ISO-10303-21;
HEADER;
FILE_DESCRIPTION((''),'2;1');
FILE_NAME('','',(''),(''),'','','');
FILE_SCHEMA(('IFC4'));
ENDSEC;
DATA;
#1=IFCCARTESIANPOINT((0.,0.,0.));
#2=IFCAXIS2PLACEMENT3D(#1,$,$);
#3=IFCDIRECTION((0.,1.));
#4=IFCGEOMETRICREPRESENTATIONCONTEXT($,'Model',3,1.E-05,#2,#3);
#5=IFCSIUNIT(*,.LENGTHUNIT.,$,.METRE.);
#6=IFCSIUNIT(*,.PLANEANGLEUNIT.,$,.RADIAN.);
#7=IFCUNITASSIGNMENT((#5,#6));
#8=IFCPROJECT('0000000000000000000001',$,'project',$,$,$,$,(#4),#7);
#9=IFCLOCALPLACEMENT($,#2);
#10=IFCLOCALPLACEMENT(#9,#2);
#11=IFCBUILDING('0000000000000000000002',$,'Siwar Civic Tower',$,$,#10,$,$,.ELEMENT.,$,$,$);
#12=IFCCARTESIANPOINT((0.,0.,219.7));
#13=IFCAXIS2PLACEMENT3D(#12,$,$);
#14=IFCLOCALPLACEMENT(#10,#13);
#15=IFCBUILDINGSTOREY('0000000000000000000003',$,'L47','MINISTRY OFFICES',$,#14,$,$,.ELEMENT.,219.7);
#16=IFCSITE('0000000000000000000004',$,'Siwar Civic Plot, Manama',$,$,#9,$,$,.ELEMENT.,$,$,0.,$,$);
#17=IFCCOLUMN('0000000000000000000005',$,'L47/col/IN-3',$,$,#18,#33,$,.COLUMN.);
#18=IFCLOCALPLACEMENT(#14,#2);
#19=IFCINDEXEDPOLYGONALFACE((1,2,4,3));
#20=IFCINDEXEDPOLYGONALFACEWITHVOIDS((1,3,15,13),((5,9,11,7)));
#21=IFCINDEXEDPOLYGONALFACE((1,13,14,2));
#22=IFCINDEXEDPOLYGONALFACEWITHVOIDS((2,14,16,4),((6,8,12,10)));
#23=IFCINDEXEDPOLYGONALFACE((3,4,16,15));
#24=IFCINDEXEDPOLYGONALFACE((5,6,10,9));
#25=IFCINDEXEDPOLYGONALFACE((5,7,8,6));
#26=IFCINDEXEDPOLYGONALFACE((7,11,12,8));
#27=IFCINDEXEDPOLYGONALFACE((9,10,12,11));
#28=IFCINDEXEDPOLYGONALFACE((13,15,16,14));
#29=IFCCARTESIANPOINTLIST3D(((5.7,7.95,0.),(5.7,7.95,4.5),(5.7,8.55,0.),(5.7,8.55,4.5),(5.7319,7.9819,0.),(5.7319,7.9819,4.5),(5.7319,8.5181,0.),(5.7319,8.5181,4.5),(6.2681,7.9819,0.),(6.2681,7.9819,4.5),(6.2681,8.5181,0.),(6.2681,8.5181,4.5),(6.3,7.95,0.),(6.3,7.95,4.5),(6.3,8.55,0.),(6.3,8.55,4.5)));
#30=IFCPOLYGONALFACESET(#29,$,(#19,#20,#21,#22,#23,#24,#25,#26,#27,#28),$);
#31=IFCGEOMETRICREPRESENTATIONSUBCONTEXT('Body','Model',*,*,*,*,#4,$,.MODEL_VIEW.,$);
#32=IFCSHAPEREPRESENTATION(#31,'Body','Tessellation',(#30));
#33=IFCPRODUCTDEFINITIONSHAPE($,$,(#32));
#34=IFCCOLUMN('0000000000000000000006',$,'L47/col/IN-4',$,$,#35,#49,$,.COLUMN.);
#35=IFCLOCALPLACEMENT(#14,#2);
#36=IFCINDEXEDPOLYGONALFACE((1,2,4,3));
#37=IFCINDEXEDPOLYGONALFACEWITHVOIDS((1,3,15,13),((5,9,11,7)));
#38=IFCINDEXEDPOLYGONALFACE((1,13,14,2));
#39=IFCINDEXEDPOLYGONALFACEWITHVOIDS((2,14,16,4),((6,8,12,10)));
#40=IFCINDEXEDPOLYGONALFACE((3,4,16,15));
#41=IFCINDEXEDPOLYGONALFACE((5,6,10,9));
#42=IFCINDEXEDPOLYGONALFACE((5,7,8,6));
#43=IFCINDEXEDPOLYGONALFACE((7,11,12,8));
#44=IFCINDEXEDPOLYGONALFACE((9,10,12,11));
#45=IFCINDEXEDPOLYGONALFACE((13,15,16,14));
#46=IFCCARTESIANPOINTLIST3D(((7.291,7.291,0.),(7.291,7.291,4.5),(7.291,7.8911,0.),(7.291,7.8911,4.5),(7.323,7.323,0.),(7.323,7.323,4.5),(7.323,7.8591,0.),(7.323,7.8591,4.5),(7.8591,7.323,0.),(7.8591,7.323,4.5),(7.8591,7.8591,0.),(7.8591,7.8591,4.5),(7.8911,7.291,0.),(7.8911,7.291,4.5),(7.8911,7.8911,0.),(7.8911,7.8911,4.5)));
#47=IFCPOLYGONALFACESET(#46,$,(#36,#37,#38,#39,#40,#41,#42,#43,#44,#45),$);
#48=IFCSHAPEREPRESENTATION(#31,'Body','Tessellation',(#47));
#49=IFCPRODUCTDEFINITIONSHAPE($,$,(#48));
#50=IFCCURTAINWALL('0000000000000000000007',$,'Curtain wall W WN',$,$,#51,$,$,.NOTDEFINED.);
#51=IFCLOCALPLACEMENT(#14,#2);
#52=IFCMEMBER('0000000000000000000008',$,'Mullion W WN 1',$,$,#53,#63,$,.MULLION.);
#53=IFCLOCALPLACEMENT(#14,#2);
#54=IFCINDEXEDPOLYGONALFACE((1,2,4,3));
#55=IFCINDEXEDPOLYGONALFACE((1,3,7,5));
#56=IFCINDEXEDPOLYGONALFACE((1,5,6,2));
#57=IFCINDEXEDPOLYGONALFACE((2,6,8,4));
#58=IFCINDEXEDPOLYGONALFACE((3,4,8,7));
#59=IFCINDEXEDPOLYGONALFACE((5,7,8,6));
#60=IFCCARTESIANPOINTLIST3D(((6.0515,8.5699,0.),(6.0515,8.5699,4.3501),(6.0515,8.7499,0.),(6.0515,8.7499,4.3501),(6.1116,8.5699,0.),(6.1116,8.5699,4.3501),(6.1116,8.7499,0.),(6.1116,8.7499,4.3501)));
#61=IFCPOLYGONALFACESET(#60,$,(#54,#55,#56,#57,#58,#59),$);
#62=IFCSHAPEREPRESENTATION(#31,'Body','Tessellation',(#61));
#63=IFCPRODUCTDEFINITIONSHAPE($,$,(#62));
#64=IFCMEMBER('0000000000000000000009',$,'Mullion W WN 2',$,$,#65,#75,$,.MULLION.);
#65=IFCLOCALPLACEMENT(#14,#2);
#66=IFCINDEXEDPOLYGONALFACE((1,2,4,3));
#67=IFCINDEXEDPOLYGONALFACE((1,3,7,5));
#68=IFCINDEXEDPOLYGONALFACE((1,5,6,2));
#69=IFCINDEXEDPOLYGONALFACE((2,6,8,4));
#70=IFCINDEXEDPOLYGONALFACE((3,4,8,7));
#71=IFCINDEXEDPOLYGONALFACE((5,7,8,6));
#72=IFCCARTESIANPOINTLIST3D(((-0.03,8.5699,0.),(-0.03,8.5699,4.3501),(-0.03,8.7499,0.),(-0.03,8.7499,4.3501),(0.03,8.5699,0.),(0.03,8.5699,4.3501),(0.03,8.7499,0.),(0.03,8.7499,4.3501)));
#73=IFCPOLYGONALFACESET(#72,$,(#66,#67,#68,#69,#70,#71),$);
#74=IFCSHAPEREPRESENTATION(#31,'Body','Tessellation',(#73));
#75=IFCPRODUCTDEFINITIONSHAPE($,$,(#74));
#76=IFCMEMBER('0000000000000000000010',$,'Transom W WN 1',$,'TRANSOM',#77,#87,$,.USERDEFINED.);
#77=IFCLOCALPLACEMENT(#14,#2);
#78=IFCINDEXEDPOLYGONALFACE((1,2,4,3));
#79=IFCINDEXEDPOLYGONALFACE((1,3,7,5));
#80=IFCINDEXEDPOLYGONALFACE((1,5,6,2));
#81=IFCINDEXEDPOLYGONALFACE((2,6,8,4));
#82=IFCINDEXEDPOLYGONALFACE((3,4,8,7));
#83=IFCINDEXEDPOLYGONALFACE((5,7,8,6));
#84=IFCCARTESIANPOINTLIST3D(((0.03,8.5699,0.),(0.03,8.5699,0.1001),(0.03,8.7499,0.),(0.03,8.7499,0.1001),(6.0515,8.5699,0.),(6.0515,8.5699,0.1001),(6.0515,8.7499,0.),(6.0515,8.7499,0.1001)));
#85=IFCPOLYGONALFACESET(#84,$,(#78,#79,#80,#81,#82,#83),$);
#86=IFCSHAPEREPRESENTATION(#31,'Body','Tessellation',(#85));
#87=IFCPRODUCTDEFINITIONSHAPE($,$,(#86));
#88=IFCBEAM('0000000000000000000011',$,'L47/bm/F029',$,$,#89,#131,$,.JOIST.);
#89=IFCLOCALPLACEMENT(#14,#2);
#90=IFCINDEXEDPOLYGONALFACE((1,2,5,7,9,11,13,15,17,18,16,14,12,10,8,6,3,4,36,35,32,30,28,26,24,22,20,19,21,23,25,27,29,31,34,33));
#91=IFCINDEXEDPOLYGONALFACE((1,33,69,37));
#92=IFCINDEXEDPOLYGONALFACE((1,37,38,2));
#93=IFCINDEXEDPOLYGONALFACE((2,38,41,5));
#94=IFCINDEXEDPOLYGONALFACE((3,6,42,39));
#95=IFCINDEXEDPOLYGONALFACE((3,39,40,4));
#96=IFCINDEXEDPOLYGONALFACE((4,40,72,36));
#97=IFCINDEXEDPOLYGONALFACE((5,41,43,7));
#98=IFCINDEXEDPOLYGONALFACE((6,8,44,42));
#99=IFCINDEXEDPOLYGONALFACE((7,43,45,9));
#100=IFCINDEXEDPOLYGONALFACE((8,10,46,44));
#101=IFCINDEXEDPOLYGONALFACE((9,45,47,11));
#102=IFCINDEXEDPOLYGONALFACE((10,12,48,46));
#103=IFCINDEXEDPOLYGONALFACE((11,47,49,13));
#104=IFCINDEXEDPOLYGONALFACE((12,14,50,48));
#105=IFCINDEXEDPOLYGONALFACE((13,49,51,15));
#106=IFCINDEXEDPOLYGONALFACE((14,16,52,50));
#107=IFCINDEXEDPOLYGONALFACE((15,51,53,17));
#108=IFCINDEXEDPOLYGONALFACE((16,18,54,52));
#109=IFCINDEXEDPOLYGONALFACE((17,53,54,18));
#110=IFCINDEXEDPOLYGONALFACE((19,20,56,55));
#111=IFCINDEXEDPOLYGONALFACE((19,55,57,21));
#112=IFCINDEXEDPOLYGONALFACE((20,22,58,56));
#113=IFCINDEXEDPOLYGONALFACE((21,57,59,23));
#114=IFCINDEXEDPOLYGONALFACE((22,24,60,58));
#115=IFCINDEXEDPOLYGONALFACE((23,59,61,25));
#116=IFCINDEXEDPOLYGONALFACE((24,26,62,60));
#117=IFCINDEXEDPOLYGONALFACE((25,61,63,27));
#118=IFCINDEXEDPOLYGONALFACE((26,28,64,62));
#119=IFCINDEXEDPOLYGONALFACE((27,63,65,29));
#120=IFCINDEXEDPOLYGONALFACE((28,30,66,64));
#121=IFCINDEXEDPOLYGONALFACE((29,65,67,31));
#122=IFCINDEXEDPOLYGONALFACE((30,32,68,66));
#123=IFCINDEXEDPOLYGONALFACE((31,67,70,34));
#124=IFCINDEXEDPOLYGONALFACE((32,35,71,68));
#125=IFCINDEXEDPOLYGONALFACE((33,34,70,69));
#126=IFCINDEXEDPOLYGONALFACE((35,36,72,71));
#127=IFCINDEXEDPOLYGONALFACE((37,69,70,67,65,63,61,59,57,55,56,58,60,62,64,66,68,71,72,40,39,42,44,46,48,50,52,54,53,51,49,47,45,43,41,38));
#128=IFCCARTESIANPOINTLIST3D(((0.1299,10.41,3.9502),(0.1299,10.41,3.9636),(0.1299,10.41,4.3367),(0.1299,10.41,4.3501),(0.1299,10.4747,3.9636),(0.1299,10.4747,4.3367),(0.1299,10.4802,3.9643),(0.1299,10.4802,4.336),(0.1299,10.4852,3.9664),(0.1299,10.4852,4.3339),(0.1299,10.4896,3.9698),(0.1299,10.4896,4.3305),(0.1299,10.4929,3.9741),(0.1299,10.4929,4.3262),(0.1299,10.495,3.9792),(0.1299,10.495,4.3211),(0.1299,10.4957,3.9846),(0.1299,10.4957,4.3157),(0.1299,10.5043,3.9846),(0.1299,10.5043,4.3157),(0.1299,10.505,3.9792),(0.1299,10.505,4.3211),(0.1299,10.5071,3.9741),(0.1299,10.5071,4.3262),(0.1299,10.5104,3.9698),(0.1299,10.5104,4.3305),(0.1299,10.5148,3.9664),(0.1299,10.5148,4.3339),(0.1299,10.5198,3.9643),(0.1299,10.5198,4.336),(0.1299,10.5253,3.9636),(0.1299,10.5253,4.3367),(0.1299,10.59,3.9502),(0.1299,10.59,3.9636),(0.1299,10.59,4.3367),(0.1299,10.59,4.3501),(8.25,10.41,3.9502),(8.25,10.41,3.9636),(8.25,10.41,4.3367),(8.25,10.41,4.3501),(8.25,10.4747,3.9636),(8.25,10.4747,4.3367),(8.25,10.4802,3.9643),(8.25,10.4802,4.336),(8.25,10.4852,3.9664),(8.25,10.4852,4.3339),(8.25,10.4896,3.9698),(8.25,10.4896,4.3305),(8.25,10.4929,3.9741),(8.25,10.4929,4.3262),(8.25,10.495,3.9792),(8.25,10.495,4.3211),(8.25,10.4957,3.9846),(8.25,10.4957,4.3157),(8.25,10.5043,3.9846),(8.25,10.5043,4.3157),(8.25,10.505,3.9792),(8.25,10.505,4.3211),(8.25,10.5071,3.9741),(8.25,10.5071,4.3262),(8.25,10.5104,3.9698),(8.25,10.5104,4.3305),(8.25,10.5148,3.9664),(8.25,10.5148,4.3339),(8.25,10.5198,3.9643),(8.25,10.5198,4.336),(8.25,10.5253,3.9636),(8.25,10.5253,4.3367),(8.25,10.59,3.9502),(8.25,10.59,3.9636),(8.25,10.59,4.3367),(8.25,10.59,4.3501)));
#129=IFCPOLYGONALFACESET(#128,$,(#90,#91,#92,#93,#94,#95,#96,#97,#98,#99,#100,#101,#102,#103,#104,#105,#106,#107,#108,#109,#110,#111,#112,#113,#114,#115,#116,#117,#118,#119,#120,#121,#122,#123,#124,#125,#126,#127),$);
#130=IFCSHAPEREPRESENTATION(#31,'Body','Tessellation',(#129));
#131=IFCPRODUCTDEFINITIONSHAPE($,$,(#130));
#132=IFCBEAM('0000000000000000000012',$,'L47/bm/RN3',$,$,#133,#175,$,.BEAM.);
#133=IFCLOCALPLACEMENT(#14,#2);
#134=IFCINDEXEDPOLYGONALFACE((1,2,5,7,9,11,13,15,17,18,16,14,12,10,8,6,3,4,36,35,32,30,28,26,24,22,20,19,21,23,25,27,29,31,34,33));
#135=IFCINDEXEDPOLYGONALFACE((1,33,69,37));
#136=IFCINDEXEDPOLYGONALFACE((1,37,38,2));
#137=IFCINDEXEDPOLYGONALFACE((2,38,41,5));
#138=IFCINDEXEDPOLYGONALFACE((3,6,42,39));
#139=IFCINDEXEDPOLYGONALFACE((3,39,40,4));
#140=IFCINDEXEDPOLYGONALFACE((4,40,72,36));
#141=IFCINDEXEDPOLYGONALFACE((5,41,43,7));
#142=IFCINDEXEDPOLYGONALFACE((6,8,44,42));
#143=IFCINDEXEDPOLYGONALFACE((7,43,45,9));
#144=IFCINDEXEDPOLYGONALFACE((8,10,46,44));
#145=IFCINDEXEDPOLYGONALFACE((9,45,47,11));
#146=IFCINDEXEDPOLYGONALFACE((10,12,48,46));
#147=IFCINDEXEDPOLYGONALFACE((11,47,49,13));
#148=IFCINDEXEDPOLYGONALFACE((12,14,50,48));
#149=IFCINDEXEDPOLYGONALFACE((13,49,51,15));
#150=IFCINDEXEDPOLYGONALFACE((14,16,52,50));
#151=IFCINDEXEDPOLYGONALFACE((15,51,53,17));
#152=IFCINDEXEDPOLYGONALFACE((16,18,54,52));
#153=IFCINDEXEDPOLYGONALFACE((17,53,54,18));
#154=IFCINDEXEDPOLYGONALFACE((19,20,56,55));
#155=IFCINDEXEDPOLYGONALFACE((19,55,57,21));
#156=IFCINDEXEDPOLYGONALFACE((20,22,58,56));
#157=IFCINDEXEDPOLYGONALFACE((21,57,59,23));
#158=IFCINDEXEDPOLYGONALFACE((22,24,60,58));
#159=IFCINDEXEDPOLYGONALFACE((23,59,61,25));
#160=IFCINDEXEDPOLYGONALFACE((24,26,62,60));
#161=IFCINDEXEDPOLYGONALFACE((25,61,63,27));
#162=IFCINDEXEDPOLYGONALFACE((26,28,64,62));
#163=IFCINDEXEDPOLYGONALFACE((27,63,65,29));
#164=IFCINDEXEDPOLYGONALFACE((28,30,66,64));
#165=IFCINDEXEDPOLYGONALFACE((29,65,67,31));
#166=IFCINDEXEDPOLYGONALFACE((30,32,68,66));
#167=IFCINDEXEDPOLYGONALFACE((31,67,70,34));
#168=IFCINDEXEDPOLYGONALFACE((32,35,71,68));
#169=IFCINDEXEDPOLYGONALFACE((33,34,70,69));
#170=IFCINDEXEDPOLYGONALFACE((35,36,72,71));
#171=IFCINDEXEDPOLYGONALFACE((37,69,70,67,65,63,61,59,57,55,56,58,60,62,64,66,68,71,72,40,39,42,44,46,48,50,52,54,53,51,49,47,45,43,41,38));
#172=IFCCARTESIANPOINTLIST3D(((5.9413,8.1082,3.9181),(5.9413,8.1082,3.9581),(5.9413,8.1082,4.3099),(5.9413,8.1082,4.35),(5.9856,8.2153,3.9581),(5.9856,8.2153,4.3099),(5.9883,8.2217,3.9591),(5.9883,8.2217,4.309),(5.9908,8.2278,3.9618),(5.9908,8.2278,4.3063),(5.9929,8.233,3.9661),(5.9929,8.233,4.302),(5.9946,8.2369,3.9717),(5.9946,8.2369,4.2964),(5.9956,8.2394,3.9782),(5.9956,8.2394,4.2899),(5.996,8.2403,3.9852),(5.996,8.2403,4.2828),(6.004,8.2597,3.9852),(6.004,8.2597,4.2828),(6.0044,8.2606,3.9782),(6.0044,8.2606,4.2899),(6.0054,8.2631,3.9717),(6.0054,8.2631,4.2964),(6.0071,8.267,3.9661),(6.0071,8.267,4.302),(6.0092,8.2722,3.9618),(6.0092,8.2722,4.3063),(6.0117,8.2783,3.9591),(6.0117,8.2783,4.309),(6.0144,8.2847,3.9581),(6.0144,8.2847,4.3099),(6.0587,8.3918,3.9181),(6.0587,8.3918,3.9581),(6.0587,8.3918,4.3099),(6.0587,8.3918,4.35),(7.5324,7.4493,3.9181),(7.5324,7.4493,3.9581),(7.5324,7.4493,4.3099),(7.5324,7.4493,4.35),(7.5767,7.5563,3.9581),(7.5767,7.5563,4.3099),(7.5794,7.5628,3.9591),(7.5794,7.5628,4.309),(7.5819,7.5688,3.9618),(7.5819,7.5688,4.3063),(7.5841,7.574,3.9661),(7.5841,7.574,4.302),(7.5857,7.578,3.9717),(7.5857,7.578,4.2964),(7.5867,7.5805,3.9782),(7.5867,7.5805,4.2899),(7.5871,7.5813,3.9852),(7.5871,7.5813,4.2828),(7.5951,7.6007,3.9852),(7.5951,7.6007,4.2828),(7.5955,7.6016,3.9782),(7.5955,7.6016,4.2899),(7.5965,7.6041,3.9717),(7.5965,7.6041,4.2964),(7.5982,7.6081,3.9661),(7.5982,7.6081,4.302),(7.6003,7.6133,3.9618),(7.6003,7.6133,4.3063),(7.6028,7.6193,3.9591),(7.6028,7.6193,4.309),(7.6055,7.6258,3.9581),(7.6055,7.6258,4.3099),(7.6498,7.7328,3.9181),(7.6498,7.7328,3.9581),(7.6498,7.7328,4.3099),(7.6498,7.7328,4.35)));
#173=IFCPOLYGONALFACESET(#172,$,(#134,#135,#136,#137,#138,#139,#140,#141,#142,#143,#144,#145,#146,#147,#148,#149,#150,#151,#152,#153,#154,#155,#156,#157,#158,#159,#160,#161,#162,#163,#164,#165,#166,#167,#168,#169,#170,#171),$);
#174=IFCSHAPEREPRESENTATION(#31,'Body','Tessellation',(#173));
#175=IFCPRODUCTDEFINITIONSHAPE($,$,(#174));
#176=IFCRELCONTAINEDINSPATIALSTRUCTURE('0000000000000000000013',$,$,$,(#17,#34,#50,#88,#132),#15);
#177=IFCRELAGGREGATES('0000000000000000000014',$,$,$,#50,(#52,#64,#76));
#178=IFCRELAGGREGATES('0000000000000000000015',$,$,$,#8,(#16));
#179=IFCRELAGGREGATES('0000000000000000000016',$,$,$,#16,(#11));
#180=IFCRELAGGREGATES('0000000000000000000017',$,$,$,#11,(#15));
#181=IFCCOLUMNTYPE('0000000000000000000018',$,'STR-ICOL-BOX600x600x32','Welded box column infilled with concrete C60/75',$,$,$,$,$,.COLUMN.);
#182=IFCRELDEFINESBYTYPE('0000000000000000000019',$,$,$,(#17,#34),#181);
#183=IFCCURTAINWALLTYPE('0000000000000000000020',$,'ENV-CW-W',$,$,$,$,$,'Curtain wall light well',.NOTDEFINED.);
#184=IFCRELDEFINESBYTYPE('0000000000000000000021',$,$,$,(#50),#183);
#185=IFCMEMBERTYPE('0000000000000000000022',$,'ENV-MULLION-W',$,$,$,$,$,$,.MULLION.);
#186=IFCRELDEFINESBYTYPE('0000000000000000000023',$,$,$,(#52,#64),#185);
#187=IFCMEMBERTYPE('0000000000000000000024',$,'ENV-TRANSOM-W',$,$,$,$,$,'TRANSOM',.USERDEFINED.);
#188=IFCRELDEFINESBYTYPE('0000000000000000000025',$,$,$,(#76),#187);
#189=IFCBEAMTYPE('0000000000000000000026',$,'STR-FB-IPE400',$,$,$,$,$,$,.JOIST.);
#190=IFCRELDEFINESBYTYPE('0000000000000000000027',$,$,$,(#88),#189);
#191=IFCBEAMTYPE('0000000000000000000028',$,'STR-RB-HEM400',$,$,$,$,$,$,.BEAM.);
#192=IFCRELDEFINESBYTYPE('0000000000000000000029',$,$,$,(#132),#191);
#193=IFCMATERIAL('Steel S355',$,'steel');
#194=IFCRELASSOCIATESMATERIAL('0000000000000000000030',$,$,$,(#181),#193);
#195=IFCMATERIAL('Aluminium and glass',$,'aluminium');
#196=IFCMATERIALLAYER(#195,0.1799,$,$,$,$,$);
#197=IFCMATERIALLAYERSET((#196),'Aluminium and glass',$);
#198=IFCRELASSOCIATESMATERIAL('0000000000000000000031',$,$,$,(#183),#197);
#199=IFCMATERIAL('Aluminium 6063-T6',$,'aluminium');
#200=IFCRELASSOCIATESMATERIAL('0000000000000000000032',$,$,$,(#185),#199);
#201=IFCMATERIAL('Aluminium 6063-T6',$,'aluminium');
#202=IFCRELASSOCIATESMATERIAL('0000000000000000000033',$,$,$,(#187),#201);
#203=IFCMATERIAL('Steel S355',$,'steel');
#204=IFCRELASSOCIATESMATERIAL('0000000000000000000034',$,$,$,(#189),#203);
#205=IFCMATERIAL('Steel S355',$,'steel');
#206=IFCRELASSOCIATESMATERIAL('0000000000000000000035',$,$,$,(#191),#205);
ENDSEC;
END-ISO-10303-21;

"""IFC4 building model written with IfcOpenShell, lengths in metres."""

from ifc_helpers import new_model, si_unit, direction, frame, origin, origin_2d, place, context, subcontext, project, spatial, rectangle, hollow_rectangle, i_section, extrude, material, layer, layer_set, material_profile, profile_set, type_object, element, aggregate, save


model = new_model("IFC4")

# Units and contexts
model_context = context("Model", 3, precision=1e-05, world=origin(), true_north=direction((0.0, 1.0)))
body_context = subcontext(model_context, "Body", "Model", "MODEL_VIEW")
ifc_project = project(units=[si_unit("LENGTHUNIT", "METRE"), si_unit("PLANEANGLEUNIT", "RADIAN")], contexts=[model_context])

# Site, building, storey
site_placement = place(None, origin())
site = spatial("IfcSite", under=ifc_project, at=site_placement, Name="Siwar Civic Plot, Manama", CompositionType="ELEMENT", RefElevation=0.0)
building_placement = place(site_placement, origin())
building = spatial("IfcBuilding", under=site, at=building_placement, Name="Siwar Civic Tower", CompositionType="ELEMENT")
storey_placement = place(building_placement, frame((0.0, 0.0, 219.7)))
storey = spatial("IfcBuildingStorey", under=building, at=storey_placement, Name="L47", Description="MINISTRY OFFICES", CompositionType="ELEMENT", Elevation=219.7)

# Columns
ifc_material_1 = material(Name="Steel S355", Category="steel")
ifc_material_profile_1 = material_profile(ifc_material_1, hollow_rectangle(XDim=0.6001, YDim=0.6001, WallThickness=0.032, at=origin_2d()), Name="BOX600x600x32")
ifc_profile_set_1 = profile_set([ifc_material_profile_1], Name="Steel S355")
column_type = type_object("IfcColumnType", Name="STR-ICOL-BOX600x600x32", Description="Welded box column infilled with concrete C60/75", PredefinedType="COLUMN", material=ifc_profile_set_1)
for number, where, z_axis, x_axis, name in (
    (1, (6.0, 8.25, 0.0), (0.0, 0.0, 1.0), (1.0, 0.0, 0.0), "L47/col/IN-3"),
    (2, (7.5911, 7.5911, 0.0), (0.0, 0.0, 1.0), (1.0, 0.0, 0.0), "L47/col/IN-4"),
):
    element("IfcColumn", number, at=place(storey_placement, frame(where, z_axis=z_axis, x_axis=x_axis)), inside=storey, type_object=column_type, Name=name, PredefinedType="COLUMN", context=body_context, shape_type="SweptSolid", body=[
        extrude(hollow_rectangle(XDim=0.6001, YDim=0.6001, WallThickness=0.032, at=origin_2d()), origin(), (0.0, 0.0, 1.0), 4.5),
    ])

# Curtain wall, members
ifc_material_2 = material(Name="Aluminium and glass", Category="aluminium")
ifc_layer_1 = layer(ifc_material_2, 0.1799)
ifc_layer_set_1 = layer_set([ifc_layer_1], Name="Aluminium and glass")
curtain_wall_type = type_object("IfcCurtainWallType", Name="ENV-CW-W", ElementType="Curtain wall light well", PredefinedType="NOTDEFINED", material=ifc_layer_set_1)
curtain_wall_placement = place(storey_placement, origin())
curtain_wall = element("IfcCurtainWall", 3, at=curtain_wall_placement, inside=storey, type_object=curtain_wall_type, Name="Curtain wall W WN", PredefinedType="NOTDEFINED")
ifc_material_3 = material(Name="Aluminium 6063-T6", Category="aluminium")
ifc_material_profile_2 = material_profile(ifc_material_3, rectangle(XDim=0.1799, YDim=0.0601, at=origin_2d()), Name="AL 180x60")
ifc_profile_set_2 = profile_set([ifc_material_profile_2], Name="Aluminium 6063-T6")
member_type_1 = type_object("IfcMemberType", Name="ENV-MULLION-W", PredefinedType="MULLION", material=ifc_profile_set_2)
member_1_placement = place(storey_placement, frame((6.0815, 8.6599, 0.0), z_axis=(0.0, 0.0, 1.0), x_axis=(0.0, -1.0, 0.0)))
member_1 = element("IfcMember", 4, at=member_1_placement, type_object=member_type_1, Name="Mullion W WN 1", PredefinedType="MULLION", context=body_context, shape_type="SweptSolid", body=[
    extrude(rectangle(XDim=0.1799, YDim=0.0601, at=origin_2d()), origin(), (0.0, 0.0, 1.0), 4.3501),
])
member_2_placement = place(storey_placement, frame((0.0, 8.6599, 0.0), z_axis=(0.0, 0.0, 1.0), x_axis=(0.0, -1.0, 0.0)))
member_2 = element("IfcMember", 5, at=member_2_placement, type_object=member_type_1, Name="Mullion W WN 2", PredefinedType="MULLION", context=body_context, shape_type="SweptSolid", body=[
    extrude(rectangle(XDim=0.1799, YDim=0.0601, at=origin_2d()), origin(), (0.0, 0.0, 1.0), 4.3501),
])
ifc_material_4 = material(Name="Aluminium 6063-T6", Category="aluminium")
ifc_material_profile_3 = material_profile(ifc_material_4, rectangle(XDim=0.1799, YDim=0.1001, at=origin_2d()), Name="AL 180x100")
ifc_profile_set_3 = profile_set([ifc_material_profile_3], Name="Aluminium 6063-T6")
member_type_2 = type_object("IfcMemberType", Name="ENV-TRANSOM-W", ElementType="TRANSOM", PredefinedType="USERDEFINED", material=ifc_profile_set_3)
member_3_placement = place(storey_placement, frame((6.0515, 8.6599, 0.05), z_axis=(-1.0, 0.0, 0.0), x_axis=(0.0, -1.0, 0.0)))
member_3 = element("IfcMember", 6, at=member_3_placement, type_object=member_type_2, Name="Transom W WN 1", ObjectType="TRANSOM", PredefinedType="USERDEFINED", context=body_context, shape_type="SweptSolid", body=[
    extrude(rectangle(XDim=0.1799, YDim=0.1001, at=origin_2d()), origin(), (0.0, 0.0, 1.0), 6.0215),
])

# Beams
ifc_material_5 = material(Name="Steel S355", Category="steel")
ifc_material_profile_4 = material_profile(ifc_material_5, i_section(OverallWidth=0.1799, OverallDepth=0.3999, WebThickness=0.0085, FlangeThickness=0.0134, FilletRadius=0.021, at=origin_2d()), Name="IPE400")
ifc_profile_set_4 = profile_set([ifc_material_profile_4], Name="Steel S355")
beam_type_1 = type_object("IfcBeamType", Name="STR-FB-IPE400", PredefinedType="JOIST", material=ifc_profile_set_4)
beam_placement = place(storey_placement, frame((0.1299, 10.5, 4.1501), z_axis=(1.0, 0.0, 0.0), x_axis=(0.0, 1.0, 0.0)))
element("IfcBeam", 7, at=beam_placement, inside=storey, type_object=beam_type_1, Name="L47/bm/F029", PredefinedType="JOIST", context=body_context, shape_type="SweptSolid", body=[
    extrude(i_section(OverallWidth=0.1799, OverallDepth=0.3999, WebThickness=0.0085, FlangeThickness=0.0134, FilletRadius=0.021, at=origin_2d()), origin(), (0.0, 0.0, 1.0), 8.1201),
])
ifc_material_6 = material(Name="Steel S355", Category="steel")
ifc_material_profile_5 = material_profile(ifc_material_6, i_section(OverallWidth=0.3069, OverallDepth=0.4319, WebThickness=0.021, FlangeThickness=0.04, FilletRadius=0.0271, at=origin_2d()), Name="HEM400")
ifc_profile_set_5 = profile_set([ifc_material_profile_5], Name="Steel S355")
beam_type_2 = type_object("IfcBeamType", Name="STR-RB-HEM400", PredefinedType="BEAM", material=ifc_profile_set_5)
for number, where, z_axis, x_axis, name in (
    (8, (6.0, 8.25, 4.134), (0.923901, -0.382631, 0.0), (0.382631, 0.923901, 0.0), "L47/bm/RN3"),
):
    element("IfcBeam", number, at=place(storey_placement, frame(where, z_axis=z_axis, x_axis=x_axis)), inside=storey, type_object=beam_type_2, Name=name, PredefinedType="BEAM", context=body_context, shape_type="SweptSolid", body=[
        extrude(i_section(OverallWidth=0.3069, OverallDepth=0.4319, WebThickness=0.021, FlangeThickness=0.04, FilletRadius=0.0271, at=origin_2d()), origin(), (0.0, 0.0, 1.0), 1.7222),
    ])

aggregate(curtain_wall, [member_1, member_2, member_3])

save(model, "model.ifc")
